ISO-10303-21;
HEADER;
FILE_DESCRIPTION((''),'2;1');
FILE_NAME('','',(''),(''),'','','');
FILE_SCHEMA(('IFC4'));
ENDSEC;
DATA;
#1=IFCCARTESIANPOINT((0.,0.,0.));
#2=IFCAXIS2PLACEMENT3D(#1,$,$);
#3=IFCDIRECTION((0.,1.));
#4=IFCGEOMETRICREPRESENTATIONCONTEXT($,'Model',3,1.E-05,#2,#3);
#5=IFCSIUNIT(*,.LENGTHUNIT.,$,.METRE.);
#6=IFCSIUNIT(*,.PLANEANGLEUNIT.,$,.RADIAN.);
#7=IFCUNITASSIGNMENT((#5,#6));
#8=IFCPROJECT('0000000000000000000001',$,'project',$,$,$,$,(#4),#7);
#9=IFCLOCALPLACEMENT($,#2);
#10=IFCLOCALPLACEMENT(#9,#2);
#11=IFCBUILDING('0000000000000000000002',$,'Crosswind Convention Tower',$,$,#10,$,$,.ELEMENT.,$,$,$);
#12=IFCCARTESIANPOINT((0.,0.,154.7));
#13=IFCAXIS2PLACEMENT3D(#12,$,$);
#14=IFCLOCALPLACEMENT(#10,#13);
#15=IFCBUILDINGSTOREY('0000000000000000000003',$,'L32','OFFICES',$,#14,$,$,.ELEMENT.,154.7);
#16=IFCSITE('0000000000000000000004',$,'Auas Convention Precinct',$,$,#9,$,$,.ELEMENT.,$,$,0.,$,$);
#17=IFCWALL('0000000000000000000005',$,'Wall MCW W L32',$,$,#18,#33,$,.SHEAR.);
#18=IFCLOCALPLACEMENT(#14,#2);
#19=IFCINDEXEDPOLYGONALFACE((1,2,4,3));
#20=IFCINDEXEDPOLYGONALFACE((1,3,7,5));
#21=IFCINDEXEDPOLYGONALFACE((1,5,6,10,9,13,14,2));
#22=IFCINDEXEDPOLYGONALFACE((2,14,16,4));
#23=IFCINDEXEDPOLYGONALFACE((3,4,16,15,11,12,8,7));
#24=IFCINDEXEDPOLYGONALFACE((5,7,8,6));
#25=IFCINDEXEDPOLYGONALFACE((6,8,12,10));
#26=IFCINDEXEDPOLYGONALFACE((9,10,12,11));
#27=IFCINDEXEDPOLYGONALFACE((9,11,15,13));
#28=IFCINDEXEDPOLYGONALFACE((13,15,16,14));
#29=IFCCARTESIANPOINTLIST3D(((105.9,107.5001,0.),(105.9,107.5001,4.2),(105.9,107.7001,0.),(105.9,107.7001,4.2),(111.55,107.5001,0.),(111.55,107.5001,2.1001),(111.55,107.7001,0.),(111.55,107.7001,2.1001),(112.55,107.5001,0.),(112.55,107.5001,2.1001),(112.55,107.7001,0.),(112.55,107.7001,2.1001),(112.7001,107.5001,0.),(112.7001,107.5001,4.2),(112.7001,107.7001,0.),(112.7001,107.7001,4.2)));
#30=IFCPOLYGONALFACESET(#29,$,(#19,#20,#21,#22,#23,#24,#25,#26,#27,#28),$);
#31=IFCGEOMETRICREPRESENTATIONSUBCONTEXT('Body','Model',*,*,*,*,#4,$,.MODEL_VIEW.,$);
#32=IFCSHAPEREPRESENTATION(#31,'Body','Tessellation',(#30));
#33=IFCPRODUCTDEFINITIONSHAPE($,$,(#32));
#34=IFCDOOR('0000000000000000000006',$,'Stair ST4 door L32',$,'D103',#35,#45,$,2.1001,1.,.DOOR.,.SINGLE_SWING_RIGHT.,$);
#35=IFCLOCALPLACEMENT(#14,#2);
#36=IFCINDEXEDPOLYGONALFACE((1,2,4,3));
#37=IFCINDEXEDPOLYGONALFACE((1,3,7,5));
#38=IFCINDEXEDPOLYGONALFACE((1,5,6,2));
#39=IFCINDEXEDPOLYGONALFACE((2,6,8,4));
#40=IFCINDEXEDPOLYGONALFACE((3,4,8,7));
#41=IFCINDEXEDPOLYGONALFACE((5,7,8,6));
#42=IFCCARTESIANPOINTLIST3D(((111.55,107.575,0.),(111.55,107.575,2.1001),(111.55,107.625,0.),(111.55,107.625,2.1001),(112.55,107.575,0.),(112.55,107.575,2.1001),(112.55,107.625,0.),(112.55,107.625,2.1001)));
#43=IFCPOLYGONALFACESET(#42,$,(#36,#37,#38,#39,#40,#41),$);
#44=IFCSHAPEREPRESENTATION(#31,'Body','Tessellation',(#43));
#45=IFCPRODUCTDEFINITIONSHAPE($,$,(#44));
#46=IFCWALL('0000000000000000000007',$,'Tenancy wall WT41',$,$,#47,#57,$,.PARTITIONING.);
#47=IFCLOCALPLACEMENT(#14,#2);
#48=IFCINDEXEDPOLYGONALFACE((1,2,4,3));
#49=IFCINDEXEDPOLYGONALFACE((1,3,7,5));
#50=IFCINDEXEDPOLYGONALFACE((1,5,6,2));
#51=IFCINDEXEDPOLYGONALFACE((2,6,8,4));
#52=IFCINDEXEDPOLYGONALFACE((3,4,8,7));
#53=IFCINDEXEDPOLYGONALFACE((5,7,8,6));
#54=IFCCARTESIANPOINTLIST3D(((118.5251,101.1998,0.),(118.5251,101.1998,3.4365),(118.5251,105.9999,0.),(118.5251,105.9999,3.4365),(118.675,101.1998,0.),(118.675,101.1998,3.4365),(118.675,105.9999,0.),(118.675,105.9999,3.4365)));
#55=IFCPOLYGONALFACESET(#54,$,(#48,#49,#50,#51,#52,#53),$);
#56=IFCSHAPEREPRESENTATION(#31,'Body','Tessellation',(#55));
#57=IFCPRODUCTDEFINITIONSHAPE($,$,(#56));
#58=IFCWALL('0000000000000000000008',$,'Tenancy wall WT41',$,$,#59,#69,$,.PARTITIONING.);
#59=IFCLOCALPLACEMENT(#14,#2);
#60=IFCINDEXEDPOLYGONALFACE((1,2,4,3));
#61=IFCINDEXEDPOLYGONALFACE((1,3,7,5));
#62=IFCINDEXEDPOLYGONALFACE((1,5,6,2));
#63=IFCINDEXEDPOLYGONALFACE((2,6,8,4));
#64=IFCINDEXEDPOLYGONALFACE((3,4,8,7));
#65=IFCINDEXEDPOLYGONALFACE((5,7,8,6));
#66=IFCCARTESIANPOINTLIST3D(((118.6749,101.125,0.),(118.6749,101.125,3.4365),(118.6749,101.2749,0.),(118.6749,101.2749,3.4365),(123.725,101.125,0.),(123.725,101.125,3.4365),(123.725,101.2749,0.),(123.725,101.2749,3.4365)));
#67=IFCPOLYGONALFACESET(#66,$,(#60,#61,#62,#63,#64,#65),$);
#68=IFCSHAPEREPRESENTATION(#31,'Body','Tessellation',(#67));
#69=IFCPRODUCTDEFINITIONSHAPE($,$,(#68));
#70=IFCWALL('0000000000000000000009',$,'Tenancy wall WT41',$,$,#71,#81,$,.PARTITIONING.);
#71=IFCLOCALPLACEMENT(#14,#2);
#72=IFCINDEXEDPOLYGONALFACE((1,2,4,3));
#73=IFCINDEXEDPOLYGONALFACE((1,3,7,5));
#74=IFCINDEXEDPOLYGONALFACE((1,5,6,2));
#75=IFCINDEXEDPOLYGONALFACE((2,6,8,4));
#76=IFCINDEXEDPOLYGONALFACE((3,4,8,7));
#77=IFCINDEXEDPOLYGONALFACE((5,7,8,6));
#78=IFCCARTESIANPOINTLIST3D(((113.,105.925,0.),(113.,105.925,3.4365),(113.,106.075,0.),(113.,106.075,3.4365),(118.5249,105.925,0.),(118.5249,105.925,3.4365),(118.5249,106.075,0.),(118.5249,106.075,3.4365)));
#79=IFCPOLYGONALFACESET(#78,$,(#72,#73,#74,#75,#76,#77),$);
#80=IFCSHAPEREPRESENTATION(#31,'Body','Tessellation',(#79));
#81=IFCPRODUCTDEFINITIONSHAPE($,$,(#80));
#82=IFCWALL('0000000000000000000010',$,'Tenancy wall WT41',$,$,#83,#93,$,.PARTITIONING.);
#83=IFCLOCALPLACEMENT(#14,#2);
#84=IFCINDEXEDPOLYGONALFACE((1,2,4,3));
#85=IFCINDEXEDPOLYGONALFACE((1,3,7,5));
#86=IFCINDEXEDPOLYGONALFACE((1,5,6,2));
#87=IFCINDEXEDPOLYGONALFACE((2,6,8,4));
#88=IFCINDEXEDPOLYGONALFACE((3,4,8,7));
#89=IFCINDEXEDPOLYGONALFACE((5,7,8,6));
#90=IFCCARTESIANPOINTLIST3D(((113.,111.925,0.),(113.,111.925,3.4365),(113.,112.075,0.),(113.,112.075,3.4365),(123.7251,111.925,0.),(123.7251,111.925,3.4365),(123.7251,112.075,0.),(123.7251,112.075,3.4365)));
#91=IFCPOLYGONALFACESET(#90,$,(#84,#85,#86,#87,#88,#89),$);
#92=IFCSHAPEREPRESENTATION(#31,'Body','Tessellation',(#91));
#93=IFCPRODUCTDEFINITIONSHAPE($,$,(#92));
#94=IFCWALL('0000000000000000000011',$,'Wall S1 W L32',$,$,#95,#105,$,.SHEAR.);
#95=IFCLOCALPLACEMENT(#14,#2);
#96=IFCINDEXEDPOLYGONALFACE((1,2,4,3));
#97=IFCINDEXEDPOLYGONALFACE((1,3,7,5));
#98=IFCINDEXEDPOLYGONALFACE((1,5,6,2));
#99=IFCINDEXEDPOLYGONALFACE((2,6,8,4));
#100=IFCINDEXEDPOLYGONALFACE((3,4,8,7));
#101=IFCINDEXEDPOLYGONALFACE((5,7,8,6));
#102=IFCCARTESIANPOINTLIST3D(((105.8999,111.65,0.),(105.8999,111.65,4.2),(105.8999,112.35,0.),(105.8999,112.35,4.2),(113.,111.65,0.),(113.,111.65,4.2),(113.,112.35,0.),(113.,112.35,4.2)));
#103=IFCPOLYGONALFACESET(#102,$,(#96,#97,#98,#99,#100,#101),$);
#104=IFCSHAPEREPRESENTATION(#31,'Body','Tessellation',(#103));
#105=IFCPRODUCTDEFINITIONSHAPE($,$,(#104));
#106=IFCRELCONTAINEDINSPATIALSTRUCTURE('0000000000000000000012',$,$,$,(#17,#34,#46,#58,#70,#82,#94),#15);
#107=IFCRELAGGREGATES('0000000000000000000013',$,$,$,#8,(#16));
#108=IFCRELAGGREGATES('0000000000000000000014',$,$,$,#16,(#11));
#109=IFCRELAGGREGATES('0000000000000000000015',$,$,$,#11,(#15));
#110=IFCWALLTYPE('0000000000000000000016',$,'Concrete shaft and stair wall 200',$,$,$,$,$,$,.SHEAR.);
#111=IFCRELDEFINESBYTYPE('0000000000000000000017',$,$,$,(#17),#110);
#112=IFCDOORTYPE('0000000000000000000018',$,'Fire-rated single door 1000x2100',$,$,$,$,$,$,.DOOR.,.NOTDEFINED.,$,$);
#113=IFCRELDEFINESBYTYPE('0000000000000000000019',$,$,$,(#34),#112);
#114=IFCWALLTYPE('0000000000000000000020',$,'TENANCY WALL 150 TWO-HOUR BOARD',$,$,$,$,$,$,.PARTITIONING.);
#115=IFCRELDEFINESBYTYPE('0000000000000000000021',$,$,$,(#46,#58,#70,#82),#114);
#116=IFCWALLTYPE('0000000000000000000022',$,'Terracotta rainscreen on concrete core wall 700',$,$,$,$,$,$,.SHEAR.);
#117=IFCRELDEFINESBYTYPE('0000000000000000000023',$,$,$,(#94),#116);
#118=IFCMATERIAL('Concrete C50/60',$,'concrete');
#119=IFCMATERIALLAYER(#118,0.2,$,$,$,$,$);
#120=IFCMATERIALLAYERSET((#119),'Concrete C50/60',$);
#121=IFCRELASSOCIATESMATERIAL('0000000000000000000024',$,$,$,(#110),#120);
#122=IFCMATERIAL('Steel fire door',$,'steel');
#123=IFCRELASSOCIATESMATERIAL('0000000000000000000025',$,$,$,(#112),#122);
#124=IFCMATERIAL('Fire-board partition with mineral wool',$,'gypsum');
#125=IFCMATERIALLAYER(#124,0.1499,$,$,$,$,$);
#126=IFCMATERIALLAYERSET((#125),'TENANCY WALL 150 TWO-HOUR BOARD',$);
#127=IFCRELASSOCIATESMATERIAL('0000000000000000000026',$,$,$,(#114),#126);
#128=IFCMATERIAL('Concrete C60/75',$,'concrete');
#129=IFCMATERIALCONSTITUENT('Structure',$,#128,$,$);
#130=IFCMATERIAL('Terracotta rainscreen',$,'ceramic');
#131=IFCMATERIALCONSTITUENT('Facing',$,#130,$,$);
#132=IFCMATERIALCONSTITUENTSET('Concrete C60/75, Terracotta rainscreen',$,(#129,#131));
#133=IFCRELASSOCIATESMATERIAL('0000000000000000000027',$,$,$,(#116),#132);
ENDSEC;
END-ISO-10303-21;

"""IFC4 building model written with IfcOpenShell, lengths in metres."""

from ifc_helpers import new_model, si_unit, direction, frame, frame_2d, origin, place, context, subcontext, project, spatial, rectangle, extrude, material, layer, layer_set, constituent, constituent_set, type_object, element, fill, save


model = new_model("IFC4")

# Units and contexts
model_context = context("Model", 3, precision=1e-05, world=origin(), true_north=direction((0.0, 1.0)))
body_context = subcontext(model_context, "Body", "Model", "MODEL_VIEW")
ifc_project = project(units=[si_unit("LENGTHUNIT", "METRE"), si_unit("PLANEANGLEUNIT", "RADIAN")], contexts=[model_context])

# Site, building, storey
site_placement = place(None, origin())
site = spatial("IfcSite", under=ifc_project, at=site_placement, Name="Auas Convention Precinct", CompositionType="ELEMENT", RefElevation=0.0)
building_placement = place(site_placement, origin())
building = spatial("IfcBuilding", under=site, at=building_placement, Name="Crosswind Convention Tower", CompositionType="ELEMENT")
storey_placement = place(building_placement, frame((0.0, 0.0, 154.7)))
storey = spatial("IfcBuildingStorey", under=building, at=storey_placement, Name="L32", Description="OFFICES", CompositionType="ELEMENT", Elevation=154.7)

# Shared definitions
ifc_material_1 = material(Name="Concrete C50/60", Category="concrete")

# Wall, opening, door
ifc_layer_1 = layer(ifc_material_1, 0.2)
ifc_layer_set_1 = layer_set([ifc_layer_1], Name="Concrete C50/60")
wall_type_1 = type_object("IfcWallType", Name="Concrete shaft and stair wall 200", PredefinedType="SHEAR", material=ifc_layer_set_1)
ifc_material_2 = material(Name="Steel fire door", Category="steel")
wall_1_placement = place(storey_placement, frame((112.7, 107.6001, 0.0), z_axis=(0.0, 0.0, 1.0), x_axis=(-1.0, 0.0, 0.0)))
wall_1 = element("IfcWall", 1, at=wall_1_placement, inside=storey, type_object=wall_type_1, Name="Wall MCW W L32", PredefinedType="SHEAR", context=body_context, shape_type="SweptSolid", body=[
    extrude(rectangle(XDim=6.8, YDim=0.2, at=frame_2d((3.3999, 0.0))), origin(), (0.0, 0.0, 1.0), 4.2),
])
opening_1_placement = place(wall_1_placement, frame((0.1499, 0.0, 0.0)))
opening_1 = element("IfcOpeningElement", 2, at=opening_1_placement, cuts=wall_1, PredefinedType="OPENING", context=body_context, shape_type="SweptSolid", body=[
    extrude(rectangle(XDim=1.0, YDim=2.1001, at=frame_2d((0.5, 1.05))), frame((0.0, 0.1099, 0.0), z_axis=(0.0, -1.0, 0.0), x_axis=(1.0, 0.0, 0.0)), (0.0, 0.0, 1.0), 0.22),
])
door_type_1 = type_object("IfcDoorType", Name="Fire-rated single door 1000x2100", OperationType="NOTDEFINED", PredefinedType="DOOR", material=ifc_material_2)
door_1_placement = place(opening_1_placement, frame((1.0, 0.0, 0.0), z_axis=(0.0, 0.0, 1.0), x_axis=(-1.0, 0.0, 0.0)))
door_1 = element("IfcDoor", 3, at=door_1_placement, inside=storey, type_object=door_type_1, Name="Stair ST4 door L32", ObjectType="D103", OperationType="SINGLE_SWING_RIGHT", OverallHeight=2.1001, OverallWidth=1.0, PredefinedType="DOOR", context=body_context, shape_type="SweptSolid", body=[
    extrude(rectangle(XDim=1.0, YDim=2.1001, at=frame_2d((0.5, 1.05))), frame((0.0, 0.0249, 0.0), z_axis=(0.0, -1.0, 0.0), x_axis=(1.0, 0.0, 0.0)), (0.0, 0.0, 1.0), 0.05),
])
fill(opening_1, door_1)

# Walls
ifc_material_3 = material(Name="Fire-board partition with mineral wool", Category="gypsum")
ifc_layer_2 = layer(ifc_material_3, 0.1499)
ifc_layer_set_2 = layer_set([ifc_layer_2], Name="TENANCY WALL 150 TWO-HOUR BOARD")
wall_type_2 = type_object("IfcWallType", Name="TENANCY WALL 150 TWO-HOUR BOARD", PredefinedType="PARTITIONING", material=ifc_layer_set_2)
wall_2_placement = place(storey_placement, frame((118.6001, 101.2, 0.0), z_axis=(0.0, 0.0, 1.0), x_axis=(0.0, 1.0, 0.0)))
element("IfcWall", 4, at=wall_2_placement, inside=storey, type_object=wall_type_2, Name="Tenancy wall WT41", PredefinedType="PARTITIONING", context=body_context, shape_type="SweptSolid", body=[
    extrude(rectangle(XDim=4.8, YDim=0.1499, at=frame_2d((2.3999, 0.0))), origin(), (0.0, 0.0, 1.0), 3.4365),
])
wall_3_placement = place(storey_placement, frame((118.675, 101.2, 0.0), z_axis=(0.0, 0.0, 1.0), x_axis=(1.0, 0.0, 0.0)))
element("IfcWall", 5, at=wall_3_placement, inside=storey, type_object=wall_type_2, Name="Tenancy wall WT41", PredefinedType="PARTITIONING", context=body_context, shape_type="SweptSolid", body=[
    extrude(rectangle(XDim=5.05, YDim=0.1499, at=frame_2d((2.5249, 0.0))), origin(), (0.0, 0.0, 1.0), 3.4365),
])
wall_4_placement = place(storey_placement, frame((113.0, 106.0, 0.0), z_axis=(0.0, 0.0, 1.0), x_axis=(1.0, 0.0, 0.0)))
element("IfcWall", 6, at=wall_4_placement, inside=storey, type_object=wall_type_2, Name="Tenancy wall WT41", PredefinedType="PARTITIONING", context=body_context, shape_type="SweptSolid", body=[
    extrude(rectangle(XDim=5.5249, YDim=0.1499, at=frame_2d((2.7625, 0.0))), origin(), (0.0, 0.0, 1.0), 3.4365),
])
wall_5_placement = place(storey_placement, frame((113.0, 112.0, 0.0), z_axis=(0.0, 0.0, 1.0), x_axis=(1.0, 0.0, 0.0)))
element("IfcWall", 7, at=wall_5_placement, inside=storey, type_object=wall_type_2, Name="Tenancy wall WT41", PredefinedType="PARTITIONING", context=body_context, shape_type="SweptSolid", body=[
    extrude(rectangle(XDim=10.7251, YDim=0.1499, at=frame_2d((5.3625, 0.0))), origin(), (0.0, 0.0, 1.0), 3.4365),
])
ifc_material_4 = material(Name="Concrete C60/75", Category="concrete")
ifc_constituent_1 = constituent(ifc_material_4, Name="Structure")
ifc_material_5 = material(Name="Terracotta rainscreen", Category="ceramic")
ifc_constituent_2 = constituent(ifc_material_5, Name="Facing")
ifc_constituent_set = constituent_set(constituents=[ifc_constituent_1, ifc_constituent_2], Name="Concrete C60/75, Terracotta rainscreen")
wall_type_3 = type_object("IfcWallType", Name="Terracotta rainscreen on concrete core wall 700", PredefinedType="SHEAR", material=ifc_constituent_set)
wall_6_placement = place(storey_placement, frame((113.0, 112.0, 0.0), z_axis=(0.0, 0.0, 1.0), x_axis=(-1.0, 0.0, 0.0)))
element("IfcWall", 8, at=wall_6_placement, inside=storey, type_object=wall_type_3, Name="Wall S1 W L32", PredefinedType="SHEAR", context=body_context, shape_type="SweptSolid", body=[
    extrude(rectangle(XDim=7.1001, YDim=0.7, at=frame_2d((3.55, 0.0))), origin(), (0.0, 0.0, 1.0), 4.2),
])

save(model, "model.ifc")
